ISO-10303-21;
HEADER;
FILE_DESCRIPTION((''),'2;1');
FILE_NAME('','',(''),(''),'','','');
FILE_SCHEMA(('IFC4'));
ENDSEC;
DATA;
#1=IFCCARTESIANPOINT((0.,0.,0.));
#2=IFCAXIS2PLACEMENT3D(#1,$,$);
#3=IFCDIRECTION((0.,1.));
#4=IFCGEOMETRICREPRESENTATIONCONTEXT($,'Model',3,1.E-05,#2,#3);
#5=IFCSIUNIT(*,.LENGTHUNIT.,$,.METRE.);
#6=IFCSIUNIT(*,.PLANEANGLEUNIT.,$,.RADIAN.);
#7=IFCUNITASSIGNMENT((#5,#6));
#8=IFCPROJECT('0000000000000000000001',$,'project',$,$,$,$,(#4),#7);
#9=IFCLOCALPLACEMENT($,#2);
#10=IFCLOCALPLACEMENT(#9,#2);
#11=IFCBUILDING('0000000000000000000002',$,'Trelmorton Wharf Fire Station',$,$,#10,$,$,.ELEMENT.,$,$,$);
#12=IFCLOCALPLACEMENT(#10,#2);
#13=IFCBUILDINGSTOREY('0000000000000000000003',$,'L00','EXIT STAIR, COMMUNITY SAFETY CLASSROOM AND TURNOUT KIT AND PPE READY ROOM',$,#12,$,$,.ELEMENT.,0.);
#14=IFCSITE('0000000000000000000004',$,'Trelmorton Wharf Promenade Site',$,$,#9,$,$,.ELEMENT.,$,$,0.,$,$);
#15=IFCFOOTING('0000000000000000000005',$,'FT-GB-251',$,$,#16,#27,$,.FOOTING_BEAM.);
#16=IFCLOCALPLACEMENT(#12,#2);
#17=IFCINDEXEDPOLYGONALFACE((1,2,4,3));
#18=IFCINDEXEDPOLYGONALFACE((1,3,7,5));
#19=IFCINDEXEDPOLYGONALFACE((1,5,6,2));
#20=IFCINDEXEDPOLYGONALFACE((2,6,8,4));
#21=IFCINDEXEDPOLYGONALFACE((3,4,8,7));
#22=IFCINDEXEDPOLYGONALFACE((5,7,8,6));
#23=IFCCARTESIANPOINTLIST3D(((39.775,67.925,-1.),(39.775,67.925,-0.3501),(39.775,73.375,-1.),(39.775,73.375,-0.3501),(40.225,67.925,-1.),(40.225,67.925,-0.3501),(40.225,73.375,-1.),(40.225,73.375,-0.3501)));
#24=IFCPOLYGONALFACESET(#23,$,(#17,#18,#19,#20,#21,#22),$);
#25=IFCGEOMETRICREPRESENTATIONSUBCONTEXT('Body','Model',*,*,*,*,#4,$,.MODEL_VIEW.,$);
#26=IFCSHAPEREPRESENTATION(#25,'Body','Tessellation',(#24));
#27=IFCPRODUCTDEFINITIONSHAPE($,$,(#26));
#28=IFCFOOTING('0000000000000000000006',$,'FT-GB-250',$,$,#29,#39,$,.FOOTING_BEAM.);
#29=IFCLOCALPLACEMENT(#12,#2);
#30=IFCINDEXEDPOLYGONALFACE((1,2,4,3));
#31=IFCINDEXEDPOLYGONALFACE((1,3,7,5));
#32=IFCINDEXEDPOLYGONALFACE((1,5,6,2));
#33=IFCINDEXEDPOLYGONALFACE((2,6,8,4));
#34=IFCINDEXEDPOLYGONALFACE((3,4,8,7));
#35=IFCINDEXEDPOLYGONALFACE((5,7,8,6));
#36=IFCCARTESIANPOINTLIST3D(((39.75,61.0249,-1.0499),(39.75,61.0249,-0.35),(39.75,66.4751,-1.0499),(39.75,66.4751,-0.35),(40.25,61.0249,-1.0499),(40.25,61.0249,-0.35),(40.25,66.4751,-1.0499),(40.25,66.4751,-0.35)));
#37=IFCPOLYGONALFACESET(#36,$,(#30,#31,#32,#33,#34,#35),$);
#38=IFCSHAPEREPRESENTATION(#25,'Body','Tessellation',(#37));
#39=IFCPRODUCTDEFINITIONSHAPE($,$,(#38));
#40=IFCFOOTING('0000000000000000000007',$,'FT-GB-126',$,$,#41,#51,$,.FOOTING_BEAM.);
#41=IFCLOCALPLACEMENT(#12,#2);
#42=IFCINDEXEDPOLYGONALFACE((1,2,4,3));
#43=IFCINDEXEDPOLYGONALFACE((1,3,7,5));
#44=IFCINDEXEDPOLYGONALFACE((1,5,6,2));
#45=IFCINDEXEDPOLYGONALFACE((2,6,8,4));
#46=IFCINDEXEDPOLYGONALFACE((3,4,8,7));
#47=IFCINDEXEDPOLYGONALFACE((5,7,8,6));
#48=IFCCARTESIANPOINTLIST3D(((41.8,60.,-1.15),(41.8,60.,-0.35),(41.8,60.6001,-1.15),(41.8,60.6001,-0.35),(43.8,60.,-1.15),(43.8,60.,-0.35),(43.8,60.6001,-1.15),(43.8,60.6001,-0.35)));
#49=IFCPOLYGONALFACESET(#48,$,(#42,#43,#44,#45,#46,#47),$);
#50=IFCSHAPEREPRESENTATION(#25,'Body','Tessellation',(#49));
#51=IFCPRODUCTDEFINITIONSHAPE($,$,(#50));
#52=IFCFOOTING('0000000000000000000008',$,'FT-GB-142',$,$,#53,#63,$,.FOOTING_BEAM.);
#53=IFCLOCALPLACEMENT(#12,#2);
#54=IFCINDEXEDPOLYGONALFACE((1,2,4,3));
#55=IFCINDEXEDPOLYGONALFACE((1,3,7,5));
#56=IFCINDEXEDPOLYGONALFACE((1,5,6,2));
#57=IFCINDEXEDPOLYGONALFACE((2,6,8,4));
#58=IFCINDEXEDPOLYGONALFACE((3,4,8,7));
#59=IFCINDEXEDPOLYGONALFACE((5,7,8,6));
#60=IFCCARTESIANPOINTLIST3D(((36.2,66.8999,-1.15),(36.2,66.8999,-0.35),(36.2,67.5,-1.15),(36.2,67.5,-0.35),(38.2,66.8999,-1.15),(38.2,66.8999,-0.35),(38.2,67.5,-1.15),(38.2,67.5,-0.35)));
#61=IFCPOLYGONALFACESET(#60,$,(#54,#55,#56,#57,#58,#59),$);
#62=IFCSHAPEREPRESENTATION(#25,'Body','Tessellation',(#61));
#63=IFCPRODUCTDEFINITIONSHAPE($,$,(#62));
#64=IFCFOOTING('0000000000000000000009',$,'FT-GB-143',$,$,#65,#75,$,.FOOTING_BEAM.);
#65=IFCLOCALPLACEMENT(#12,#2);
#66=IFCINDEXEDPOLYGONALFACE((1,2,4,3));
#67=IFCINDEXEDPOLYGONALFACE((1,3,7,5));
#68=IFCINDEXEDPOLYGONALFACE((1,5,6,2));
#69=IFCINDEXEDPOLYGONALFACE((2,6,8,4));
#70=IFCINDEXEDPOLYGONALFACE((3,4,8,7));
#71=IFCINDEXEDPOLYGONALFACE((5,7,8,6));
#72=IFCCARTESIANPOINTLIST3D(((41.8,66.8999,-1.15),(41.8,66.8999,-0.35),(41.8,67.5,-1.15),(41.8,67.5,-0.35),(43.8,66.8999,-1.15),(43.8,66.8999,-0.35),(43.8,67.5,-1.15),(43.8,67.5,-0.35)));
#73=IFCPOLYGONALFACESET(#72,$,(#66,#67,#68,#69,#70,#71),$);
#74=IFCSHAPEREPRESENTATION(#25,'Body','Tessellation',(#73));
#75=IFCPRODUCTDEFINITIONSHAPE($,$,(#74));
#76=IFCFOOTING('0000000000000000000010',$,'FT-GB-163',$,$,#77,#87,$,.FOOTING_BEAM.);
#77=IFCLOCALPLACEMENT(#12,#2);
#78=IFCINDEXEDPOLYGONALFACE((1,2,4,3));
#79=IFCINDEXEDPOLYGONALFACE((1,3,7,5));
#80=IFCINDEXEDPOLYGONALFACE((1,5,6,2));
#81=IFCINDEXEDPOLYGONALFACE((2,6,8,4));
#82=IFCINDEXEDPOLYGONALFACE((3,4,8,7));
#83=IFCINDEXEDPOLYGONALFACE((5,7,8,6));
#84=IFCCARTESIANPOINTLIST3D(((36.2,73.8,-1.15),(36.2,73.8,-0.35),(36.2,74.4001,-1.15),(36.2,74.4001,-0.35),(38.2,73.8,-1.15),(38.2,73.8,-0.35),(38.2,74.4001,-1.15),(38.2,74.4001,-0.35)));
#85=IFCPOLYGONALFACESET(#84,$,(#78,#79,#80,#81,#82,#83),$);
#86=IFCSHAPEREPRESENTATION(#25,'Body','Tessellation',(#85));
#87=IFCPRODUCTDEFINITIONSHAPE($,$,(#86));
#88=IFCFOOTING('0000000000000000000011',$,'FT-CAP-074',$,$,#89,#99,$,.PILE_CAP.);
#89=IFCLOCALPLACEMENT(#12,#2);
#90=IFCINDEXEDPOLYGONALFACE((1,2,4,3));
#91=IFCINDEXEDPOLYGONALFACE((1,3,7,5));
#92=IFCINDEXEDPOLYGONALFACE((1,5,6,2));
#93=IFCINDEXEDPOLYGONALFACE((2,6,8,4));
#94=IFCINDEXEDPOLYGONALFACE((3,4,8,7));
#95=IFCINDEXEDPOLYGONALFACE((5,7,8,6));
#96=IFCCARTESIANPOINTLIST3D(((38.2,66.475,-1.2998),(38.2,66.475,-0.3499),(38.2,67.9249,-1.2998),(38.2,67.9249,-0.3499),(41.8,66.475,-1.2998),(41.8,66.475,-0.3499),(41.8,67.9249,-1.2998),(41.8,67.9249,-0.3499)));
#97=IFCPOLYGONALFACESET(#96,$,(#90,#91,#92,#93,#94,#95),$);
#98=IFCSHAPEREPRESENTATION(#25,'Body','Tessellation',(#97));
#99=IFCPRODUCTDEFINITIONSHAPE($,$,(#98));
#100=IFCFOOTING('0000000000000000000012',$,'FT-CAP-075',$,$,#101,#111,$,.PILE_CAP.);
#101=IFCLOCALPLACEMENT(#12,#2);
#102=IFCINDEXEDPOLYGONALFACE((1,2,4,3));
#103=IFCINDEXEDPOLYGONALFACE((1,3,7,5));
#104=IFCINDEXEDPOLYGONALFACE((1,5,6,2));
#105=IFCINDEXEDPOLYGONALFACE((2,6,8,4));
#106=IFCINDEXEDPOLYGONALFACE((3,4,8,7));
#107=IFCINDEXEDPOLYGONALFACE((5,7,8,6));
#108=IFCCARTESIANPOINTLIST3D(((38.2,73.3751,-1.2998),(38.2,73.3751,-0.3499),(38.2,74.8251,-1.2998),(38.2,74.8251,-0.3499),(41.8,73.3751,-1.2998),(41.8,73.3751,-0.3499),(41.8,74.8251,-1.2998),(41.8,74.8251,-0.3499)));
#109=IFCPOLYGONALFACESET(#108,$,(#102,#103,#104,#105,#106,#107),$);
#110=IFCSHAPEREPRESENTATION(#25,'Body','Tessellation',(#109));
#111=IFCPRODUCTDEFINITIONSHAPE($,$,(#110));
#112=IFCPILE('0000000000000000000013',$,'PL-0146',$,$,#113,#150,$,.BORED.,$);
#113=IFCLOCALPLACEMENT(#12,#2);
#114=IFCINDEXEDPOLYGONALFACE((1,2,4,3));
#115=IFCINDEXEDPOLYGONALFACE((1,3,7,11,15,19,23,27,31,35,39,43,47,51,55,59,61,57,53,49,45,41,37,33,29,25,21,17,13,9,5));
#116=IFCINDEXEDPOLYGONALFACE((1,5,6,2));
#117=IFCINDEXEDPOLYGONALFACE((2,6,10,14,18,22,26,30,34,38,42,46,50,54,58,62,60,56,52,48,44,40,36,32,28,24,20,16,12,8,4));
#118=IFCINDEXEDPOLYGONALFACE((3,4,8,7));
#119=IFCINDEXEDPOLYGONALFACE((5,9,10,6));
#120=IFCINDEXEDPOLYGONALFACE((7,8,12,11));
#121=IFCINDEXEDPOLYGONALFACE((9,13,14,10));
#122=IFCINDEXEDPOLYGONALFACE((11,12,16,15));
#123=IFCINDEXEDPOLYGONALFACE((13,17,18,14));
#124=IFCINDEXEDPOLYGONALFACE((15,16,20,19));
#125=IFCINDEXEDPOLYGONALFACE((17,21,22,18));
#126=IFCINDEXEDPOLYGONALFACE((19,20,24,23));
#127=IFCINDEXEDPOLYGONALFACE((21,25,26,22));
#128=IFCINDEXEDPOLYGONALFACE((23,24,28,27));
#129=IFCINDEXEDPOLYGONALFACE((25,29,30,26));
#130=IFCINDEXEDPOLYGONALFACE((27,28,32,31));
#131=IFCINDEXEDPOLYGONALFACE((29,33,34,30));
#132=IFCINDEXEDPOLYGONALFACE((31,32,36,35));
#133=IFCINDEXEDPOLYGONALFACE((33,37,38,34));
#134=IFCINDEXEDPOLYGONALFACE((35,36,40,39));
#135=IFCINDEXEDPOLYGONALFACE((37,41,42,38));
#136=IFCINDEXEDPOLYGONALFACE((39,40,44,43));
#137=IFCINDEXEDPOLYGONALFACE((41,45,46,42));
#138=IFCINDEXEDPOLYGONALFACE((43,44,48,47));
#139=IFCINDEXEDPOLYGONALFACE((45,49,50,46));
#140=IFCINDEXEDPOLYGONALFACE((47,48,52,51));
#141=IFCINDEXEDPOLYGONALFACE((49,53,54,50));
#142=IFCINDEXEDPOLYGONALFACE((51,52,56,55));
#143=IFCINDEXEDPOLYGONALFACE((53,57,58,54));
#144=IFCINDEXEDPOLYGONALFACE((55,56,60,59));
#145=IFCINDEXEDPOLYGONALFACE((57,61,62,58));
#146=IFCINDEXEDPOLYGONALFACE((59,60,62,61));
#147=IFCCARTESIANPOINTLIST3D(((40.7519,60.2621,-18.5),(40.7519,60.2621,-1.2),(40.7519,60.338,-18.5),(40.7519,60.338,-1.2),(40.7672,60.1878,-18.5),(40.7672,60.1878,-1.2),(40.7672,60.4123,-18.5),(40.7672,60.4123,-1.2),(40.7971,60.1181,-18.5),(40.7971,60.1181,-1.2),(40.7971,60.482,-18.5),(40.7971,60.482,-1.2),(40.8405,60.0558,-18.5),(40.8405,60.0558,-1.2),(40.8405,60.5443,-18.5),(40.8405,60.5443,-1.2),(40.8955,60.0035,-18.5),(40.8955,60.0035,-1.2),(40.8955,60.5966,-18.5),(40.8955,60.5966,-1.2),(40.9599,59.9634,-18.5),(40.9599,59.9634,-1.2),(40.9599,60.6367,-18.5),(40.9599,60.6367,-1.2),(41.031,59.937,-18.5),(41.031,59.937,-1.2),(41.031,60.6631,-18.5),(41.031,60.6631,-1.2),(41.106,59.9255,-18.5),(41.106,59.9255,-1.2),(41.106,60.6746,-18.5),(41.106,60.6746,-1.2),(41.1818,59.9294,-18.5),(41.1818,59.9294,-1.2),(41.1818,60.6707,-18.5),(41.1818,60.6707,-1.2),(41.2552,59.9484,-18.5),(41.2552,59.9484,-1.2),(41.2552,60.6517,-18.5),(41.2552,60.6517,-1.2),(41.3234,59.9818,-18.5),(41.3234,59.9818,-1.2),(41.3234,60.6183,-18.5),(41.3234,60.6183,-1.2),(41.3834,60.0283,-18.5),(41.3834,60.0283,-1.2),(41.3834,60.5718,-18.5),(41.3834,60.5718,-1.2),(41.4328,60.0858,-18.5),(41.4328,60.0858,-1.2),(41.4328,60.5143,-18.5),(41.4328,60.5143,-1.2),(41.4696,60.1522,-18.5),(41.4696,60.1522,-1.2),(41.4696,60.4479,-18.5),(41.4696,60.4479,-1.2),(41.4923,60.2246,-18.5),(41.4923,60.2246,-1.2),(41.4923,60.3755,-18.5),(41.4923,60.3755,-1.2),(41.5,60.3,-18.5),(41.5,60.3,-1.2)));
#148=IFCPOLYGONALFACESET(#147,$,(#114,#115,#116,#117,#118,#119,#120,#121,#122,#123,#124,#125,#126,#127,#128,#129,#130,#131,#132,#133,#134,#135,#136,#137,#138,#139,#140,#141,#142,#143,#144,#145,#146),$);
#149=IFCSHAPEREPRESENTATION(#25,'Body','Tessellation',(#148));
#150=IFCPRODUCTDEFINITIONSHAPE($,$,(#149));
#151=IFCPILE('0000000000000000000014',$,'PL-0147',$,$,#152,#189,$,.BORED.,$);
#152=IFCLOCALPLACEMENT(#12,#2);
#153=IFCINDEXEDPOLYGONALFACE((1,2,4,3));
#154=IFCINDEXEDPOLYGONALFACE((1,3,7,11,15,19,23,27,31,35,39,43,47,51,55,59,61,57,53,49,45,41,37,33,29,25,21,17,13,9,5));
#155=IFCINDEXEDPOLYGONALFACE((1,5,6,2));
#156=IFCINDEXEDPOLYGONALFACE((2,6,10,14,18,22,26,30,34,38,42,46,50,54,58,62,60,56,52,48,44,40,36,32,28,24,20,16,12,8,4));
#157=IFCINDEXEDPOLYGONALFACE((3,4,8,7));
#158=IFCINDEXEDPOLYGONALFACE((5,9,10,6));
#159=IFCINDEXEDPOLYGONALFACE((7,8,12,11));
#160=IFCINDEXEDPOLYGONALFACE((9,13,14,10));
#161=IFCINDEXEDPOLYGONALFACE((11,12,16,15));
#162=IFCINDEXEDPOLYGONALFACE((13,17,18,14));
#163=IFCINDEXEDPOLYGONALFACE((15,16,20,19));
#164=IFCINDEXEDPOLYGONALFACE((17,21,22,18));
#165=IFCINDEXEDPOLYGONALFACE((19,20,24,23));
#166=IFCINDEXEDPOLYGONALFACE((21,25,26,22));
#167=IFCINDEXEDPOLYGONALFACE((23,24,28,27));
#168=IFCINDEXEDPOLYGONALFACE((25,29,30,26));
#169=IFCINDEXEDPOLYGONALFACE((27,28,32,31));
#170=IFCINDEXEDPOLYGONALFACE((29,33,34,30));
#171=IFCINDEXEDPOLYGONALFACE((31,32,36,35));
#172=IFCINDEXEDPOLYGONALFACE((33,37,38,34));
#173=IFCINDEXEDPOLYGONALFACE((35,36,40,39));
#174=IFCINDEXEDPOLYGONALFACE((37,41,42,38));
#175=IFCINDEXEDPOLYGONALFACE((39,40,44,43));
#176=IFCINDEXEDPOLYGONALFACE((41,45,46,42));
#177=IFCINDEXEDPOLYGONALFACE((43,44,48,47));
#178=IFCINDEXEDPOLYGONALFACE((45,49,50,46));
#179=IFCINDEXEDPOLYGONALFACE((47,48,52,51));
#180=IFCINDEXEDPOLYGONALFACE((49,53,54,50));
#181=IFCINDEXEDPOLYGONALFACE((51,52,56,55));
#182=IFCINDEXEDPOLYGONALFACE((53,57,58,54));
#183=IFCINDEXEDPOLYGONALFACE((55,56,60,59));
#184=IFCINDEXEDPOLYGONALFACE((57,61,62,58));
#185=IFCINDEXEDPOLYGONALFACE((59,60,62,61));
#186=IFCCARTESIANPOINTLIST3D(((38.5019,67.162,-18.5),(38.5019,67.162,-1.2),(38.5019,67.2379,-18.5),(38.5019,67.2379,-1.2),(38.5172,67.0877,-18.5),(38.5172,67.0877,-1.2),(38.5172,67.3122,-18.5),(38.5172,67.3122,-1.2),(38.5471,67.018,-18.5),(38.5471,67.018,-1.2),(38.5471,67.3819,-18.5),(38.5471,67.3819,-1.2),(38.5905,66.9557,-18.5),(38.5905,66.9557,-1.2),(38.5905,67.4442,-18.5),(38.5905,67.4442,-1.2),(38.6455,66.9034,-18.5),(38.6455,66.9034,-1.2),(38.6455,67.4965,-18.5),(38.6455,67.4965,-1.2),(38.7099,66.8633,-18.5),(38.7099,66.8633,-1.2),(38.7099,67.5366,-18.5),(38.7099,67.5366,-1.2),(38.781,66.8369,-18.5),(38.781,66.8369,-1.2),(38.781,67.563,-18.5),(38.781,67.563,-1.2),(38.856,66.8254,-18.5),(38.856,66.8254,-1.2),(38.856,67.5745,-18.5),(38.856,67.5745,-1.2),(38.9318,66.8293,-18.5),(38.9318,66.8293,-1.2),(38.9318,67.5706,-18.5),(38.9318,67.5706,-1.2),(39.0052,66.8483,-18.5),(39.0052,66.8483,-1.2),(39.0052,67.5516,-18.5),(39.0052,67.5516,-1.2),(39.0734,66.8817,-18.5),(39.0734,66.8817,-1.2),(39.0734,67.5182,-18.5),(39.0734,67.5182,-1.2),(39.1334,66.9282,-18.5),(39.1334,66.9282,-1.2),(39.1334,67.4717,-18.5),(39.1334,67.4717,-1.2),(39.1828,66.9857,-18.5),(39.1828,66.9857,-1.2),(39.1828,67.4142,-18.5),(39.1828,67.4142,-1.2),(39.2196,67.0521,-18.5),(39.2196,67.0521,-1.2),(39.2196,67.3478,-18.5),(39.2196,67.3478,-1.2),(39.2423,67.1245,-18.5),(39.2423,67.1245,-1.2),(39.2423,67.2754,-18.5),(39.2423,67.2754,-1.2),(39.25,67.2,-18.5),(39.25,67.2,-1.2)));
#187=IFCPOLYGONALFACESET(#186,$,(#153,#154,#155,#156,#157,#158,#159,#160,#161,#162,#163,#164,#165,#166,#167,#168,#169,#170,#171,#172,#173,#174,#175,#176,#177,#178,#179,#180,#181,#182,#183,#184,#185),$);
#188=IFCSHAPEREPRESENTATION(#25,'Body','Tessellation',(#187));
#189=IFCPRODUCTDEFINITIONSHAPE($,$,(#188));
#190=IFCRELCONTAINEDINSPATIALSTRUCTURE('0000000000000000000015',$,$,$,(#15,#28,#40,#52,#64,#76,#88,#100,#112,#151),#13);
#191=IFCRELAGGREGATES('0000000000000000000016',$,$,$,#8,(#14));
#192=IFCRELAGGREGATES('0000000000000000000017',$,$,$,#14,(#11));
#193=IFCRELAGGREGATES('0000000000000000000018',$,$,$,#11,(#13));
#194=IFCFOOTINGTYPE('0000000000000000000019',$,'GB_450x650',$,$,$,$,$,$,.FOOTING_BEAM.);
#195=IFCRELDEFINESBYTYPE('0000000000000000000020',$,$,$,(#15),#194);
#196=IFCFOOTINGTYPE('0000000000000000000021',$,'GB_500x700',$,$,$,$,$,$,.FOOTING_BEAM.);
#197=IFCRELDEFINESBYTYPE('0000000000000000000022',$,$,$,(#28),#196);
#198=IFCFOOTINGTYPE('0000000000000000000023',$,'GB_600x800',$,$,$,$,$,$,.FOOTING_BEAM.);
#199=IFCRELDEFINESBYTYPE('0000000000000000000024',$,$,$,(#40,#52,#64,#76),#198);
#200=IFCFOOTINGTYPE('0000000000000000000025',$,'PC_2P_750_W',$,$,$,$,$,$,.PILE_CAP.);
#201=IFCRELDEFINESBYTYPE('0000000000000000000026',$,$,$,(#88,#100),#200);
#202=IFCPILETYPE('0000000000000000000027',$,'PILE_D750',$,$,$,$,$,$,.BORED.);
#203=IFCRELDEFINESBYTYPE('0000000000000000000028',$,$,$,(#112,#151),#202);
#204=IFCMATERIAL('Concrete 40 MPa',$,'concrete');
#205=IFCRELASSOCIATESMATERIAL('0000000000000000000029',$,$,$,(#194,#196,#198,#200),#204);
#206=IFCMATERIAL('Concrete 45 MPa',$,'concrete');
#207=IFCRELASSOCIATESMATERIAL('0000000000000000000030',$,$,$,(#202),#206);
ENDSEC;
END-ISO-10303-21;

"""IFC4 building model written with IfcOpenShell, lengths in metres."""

from ifc_helpers import new_model, si_unit, direction, frame, origin, origin_2d, place, context, subcontext, project, spatial, rectangle, circle, extrude, material, material_profile, profile_set, type_object, element, save


model = new_model("IFC4")

# Units and contexts
model_context = context("Model", 3, precision=1e-05, world=origin(), true_north=direction((0.0, 1.0)))
body_context = subcontext(model_context, "Body", "Model", "MODEL_VIEW")
ifc_project = project(units=[si_unit("LENGTHUNIT", "METRE"), si_unit("PLANEANGLEUNIT", "RADIAN")], contexts=[model_context])

# Site, building, storey
site_placement = place(None, origin())
site = spatial("IfcSite", under=ifc_project, at=site_placement, Name="Trelmorton Wharf Promenade Site", CompositionType="ELEMENT", RefElevation=0.0)
building_placement = place(site_placement, origin())
building = spatial("IfcBuilding", under=site, at=building_placement, Name="Trelmorton Wharf Fire Station", CompositionType="ELEMENT")
storey_placement = place(building_placement, origin())
storey = spatial("IfcBuildingStorey", under=building, at=storey_placement, Name="L00", Description="EXIT STAIR, COMMUNITY SAFETY CLASSROOM AND TURNOUT KIT AND PPE READY ROOM", CompositionType="ELEMENT", Elevation=0.0)

# Footings
ifc_material_1 = material(Name="Concrete 40 MPa", Category="concrete")
ifc_material_profile_1 = material_profile(ifc_material_1, rectangle(XDim=0.45, YDim=0.6499, at=origin_2d()), Name="RC450x650")
ifc_profile_set_1 = profile_set([ifc_material_profile_1], Name="Concrete 40 MPa")
footing_type_1 = type_object("IfcFootingType", Name="GB_450x650", PredefinedType="FOOTING_BEAM", material=ifc_profile_set_1)
footing_1_placement = place(storey_placement, frame((40.0, 67.925, -0.675), z_axis=(0.0, 1.0, 0.0), x_axis=(-1.0, 0.0, 0.0)))
element("IfcFooting", 1, at=footing_1_placement, inside=storey, type_object=footing_type_1, Name="FT-GB-251", PredefinedType="FOOTING_BEAM", context=body_context, shape_type="SweptSolid", body=[
    extrude(rectangle(XDim=0.45, YDim=0.6499, at=origin_2d()), origin(), (0.0, 0.0, 1.0), 5.45),
])
ifc_material_profile_2 = material_profile(ifc_material_1, rectangle(XDim=0.5, YDim=0.7, at=origin_2d()), Name="RC500x700")
ifc_profile_set_2 = profile_set([ifc_material_profile_2], Name="Concrete 40 MPa")
footing_type_2 = type_object("IfcFootingType", Name="GB_500x700", PredefinedType="FOOTING_BEAM", material=ifc_profile_set_2)
footing_2_placement = place(storey_placement, frame((40.0, 61.0249, -0.7), z_axis=(0.0, 1.0, 0.0), x_axis=(-1.0, 0.0, 0.0)))
element("IfcFooting", 2, at=footing_2_placement, inside=storey, type_object=footing_type_2, Name="FT-GB-250", PredefinedType="FOOTING_BEAM", context=body_context, shape_type="SweptSolid", body=[
    extrude(rectangle(XDim=0.5, YDim=0.7, at=origin_2d()), origin(), (0.0, 0.0, 1.0), 5.4502),
])
ifc_material_profile_3 = material_profile(ifc_material_1, rectangle(XDim=0.6001, YDim=0.8, at=origin_2d()), Name="RC600x800")
ifc_profile_set_3 = profile_set([ifc_material_profile_3], Name="Concrete 40 MPa")
footing_type_3 = type_object("IfcFootingType", Name="GB_600x800", PredefinedType="FOOTING_BEAM", material=ifc_profile_set_3)
for number, where, z_axis, x_axis, name in (
    (3, (41.8, 60.3, -0.75), (1.0, 0.0, 0.0), (0.0, 1.0, 0.0), "FT-GB-126"),
    (4, (36.2, 67.2, -0.75), (1.0, 0.0, 0.0), (0.0, 1.0, 0.0), "FT-GB-142"),
    (5, (41.8, 67.2, -0.75), (1.0, 0.0, 0.0), (0.0, 1.0, 0.0), "FT-GB-143"),
    (6, (36.2, 74.1001, -0.75), (1.0, 0.0, 0.0), (0.0, 1.0, 0.0), "FT-GB-163"),
):
    element("IfcFooting", number, at=place(storey_placement, frame(where, z_axis=z_axis, x_axis=x_axis)), inside=storey, type_object=footing_type_3, Name=name, PredefinedType="FOOTING_BEAM", context=body_context, shape_type="SweptSolid", body=[
        extrude(rectangle(XDim=0.6001, YDim=0.8, at=origin_2d()), origin(), (0.0, 0.0, 1.0), 2.0),
    ])
footing_type_4 = type_object("IfcFootingType", Name="PC_2P_750_W", PredefinedType="PILE_CAP", material=ifc_material_1)
for number, where, z_axis, x_axis, name in (
    (7, (40.0, 67.2, -1.2998), (0.0, 0.0, 1.0), (1.0, 0.0, 0.0), "FT-CAP-074"),
    (8, (40.0, 74.1001, -1.2998), (0.0, 0.0, 1.0), (1.0, 0.0, 0.0), "FT-CAP-075"),
):
    element("IfcFooting", number, at=place(storey_placement, frame(where, z_axis=z_axis, x_axis=x_axis)), inside=storey, type_object=footing_type_4, Name=name, PredefinedType="PILE_CAP", context=body_context, shape_type="SweptSolid", body=[
        extrude(rectangle(XDim=3.6001, YDim=1.45, at=origin_2d()), origin(), (0.0, 0.0, 1.0), 0.95),
    ])

# Piles
ifc_material_2 = material(Name="Concrete 45 MPa", Category="concrete")
ifc_material_profile_4 = material_profile(ifc_material_2, circle(Radius=0.375, at=origin_2d()), Name="PILE-D750")
ifc_profile_set_4 = profile_set([ifc_material_profile_4], Name="Concrete 45 MPa")
pile_type = type_object("IfcPileType", Name="PILE_D750", PredefinedType="BORED", material=ifc_profile_set_4)
for number, where, z_axis, x_axis, name in (
    (9, (41.125, 60.3, -1.2), (0.0, 0.0, -1.0), (1.0, 0.0, 0.0), "PL-0146"),
    (10, (38.875, 67.2, -1.2), (0.0, 0.0, -1.0), (1.0, 0.0, 0.0), "PL-0147"),
):
    element("IfcPile", number, at=place(storey_placement, frame(where, z_axis=z_axis, x_axis=x_axis)), inside=storey, type_object=pile_type, Name=name, PredefinedType="BORED", context=body_context, shape_type="SweptSolid", body=[
        extrude(circle(Radius=0.375, at=origin_2d()), origin(), (0.0, 0.0, 1.0), 17.3),
    ])

save(model, "model.ifc")
